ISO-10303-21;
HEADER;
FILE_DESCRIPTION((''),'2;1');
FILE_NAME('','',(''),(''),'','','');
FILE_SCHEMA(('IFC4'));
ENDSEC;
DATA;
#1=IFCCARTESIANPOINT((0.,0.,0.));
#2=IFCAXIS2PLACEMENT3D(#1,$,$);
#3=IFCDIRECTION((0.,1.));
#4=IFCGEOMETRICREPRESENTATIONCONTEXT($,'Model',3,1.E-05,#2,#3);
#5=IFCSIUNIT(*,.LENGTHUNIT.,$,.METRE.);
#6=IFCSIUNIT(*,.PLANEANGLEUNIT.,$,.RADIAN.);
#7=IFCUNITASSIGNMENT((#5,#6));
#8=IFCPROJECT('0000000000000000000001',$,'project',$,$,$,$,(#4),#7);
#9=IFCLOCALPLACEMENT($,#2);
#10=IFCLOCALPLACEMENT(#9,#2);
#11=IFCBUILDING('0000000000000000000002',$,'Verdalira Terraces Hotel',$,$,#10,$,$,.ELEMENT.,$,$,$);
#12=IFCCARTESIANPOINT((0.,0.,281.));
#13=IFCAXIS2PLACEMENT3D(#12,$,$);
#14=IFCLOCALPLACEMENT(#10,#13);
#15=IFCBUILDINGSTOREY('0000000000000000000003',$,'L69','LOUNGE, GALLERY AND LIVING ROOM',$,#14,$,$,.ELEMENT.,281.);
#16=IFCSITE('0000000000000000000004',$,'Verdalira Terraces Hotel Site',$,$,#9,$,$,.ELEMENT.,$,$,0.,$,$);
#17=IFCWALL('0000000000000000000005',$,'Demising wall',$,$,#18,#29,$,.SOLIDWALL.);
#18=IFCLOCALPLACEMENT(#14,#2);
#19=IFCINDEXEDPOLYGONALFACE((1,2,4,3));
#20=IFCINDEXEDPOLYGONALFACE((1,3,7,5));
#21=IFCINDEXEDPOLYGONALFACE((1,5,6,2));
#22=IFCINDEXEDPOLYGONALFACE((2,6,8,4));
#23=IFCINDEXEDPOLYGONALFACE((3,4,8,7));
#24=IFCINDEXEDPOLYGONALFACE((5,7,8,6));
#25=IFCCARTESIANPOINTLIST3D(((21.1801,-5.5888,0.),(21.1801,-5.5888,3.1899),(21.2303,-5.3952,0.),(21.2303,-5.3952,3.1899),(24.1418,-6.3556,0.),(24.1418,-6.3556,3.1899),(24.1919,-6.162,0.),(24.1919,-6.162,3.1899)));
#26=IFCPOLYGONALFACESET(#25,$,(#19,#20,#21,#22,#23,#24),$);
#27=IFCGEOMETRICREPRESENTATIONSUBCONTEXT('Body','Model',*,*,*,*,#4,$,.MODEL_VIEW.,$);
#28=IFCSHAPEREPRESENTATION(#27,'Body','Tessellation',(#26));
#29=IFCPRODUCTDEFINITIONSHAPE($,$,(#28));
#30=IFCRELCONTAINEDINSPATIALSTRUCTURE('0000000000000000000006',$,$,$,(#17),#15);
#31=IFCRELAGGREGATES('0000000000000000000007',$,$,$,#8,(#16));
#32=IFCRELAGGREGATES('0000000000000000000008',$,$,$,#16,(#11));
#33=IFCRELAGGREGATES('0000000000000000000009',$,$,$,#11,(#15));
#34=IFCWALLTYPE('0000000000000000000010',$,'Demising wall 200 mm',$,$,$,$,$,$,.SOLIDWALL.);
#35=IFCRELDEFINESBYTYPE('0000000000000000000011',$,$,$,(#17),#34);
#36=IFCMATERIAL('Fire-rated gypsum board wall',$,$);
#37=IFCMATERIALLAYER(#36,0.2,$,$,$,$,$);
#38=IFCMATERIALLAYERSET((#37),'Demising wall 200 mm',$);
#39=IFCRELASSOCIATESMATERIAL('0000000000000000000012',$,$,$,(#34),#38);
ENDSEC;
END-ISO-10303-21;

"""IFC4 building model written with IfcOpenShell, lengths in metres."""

from ifc_helpers import new_model, si_unit, direction, frame, frame_2d, origin, place, context, subcontext, project, spatial, rectangle, extrude, material, layer, layer_set, type_object, element, save


model = new_model("IFC4")

# Units and contexts
model_context = context("Model", 3, precision=1e-05, world=origin(), true_north=direction((0.0, 1.0)))
body_context = subcontext(model_context, "Body", "Model", "MODEL_VIEW")
ifc_project = project(units=[si_unit("LENGTHUNIT", "METRE"), si_unit("PLANEANGLEUNIT", "RADIAN")], contexts=[model_context])

# Site, building, storey
site_placement = place(None, origin())
site = spatial("IfcSite", under=ifc_project, at=site_placement, Name="Verdalira Terraces Hotel Site", CompositionType="ELEMENT", RefElevation=0.0)
building_placement = place(site_placement, origin())
building = spatial("IfcBuilding", under=site, at=building_placement, Name="Verdalira Terraces Hotel", CompositionType="ELEMENT")
storey_placement = place(building_placement, frame((0.0, 0.0, 281.0)))
storey = spatial("IfcBuildingStorey", under=building, at=storey_placement, Name="L69", Description="LOUNGE, GALLERY AND LIVING ROOM", CompositionType="ELEMENT", Elevation=281.0)

# Wall
ifc_material_1 = material(Name="Fire-rated gypsum board wall")
ifc_layer_1 = layer(ifc_material_1, 0.2)
ifc_layer_set_1 = layer_set([ifc_layer_1], Name="Demising wall 200 mm")
wall_type_1 = type_object("IfcWallType", Name="Demising wall 200 mm", PredefinedType="SOLIDWALL", material=ifc_layer_set_1)
wall_1_placement = place(storey_placement, frame((21.2051, -5.4919, 0.0), z_axis=(0.0, 0.0, 1.0), x_axis=(0.968076, -0.250658, 0.0)))
element("IfcWall", 1, at=wall_1_placement, inside=storey, type_object=wall_type_1, Name="Demising wall", PredefinedType="SOLIDWALL", context=body_context, shape_type="SweptSolid", body=[
    extrude(rectangle(XDim=3.0593, YDim=0.2, at=frame_2d((1.5298, 0.0))), origin(), (0.0, 0.0, 1.0), 3.1899),
])

save(model, "model.ifc")
